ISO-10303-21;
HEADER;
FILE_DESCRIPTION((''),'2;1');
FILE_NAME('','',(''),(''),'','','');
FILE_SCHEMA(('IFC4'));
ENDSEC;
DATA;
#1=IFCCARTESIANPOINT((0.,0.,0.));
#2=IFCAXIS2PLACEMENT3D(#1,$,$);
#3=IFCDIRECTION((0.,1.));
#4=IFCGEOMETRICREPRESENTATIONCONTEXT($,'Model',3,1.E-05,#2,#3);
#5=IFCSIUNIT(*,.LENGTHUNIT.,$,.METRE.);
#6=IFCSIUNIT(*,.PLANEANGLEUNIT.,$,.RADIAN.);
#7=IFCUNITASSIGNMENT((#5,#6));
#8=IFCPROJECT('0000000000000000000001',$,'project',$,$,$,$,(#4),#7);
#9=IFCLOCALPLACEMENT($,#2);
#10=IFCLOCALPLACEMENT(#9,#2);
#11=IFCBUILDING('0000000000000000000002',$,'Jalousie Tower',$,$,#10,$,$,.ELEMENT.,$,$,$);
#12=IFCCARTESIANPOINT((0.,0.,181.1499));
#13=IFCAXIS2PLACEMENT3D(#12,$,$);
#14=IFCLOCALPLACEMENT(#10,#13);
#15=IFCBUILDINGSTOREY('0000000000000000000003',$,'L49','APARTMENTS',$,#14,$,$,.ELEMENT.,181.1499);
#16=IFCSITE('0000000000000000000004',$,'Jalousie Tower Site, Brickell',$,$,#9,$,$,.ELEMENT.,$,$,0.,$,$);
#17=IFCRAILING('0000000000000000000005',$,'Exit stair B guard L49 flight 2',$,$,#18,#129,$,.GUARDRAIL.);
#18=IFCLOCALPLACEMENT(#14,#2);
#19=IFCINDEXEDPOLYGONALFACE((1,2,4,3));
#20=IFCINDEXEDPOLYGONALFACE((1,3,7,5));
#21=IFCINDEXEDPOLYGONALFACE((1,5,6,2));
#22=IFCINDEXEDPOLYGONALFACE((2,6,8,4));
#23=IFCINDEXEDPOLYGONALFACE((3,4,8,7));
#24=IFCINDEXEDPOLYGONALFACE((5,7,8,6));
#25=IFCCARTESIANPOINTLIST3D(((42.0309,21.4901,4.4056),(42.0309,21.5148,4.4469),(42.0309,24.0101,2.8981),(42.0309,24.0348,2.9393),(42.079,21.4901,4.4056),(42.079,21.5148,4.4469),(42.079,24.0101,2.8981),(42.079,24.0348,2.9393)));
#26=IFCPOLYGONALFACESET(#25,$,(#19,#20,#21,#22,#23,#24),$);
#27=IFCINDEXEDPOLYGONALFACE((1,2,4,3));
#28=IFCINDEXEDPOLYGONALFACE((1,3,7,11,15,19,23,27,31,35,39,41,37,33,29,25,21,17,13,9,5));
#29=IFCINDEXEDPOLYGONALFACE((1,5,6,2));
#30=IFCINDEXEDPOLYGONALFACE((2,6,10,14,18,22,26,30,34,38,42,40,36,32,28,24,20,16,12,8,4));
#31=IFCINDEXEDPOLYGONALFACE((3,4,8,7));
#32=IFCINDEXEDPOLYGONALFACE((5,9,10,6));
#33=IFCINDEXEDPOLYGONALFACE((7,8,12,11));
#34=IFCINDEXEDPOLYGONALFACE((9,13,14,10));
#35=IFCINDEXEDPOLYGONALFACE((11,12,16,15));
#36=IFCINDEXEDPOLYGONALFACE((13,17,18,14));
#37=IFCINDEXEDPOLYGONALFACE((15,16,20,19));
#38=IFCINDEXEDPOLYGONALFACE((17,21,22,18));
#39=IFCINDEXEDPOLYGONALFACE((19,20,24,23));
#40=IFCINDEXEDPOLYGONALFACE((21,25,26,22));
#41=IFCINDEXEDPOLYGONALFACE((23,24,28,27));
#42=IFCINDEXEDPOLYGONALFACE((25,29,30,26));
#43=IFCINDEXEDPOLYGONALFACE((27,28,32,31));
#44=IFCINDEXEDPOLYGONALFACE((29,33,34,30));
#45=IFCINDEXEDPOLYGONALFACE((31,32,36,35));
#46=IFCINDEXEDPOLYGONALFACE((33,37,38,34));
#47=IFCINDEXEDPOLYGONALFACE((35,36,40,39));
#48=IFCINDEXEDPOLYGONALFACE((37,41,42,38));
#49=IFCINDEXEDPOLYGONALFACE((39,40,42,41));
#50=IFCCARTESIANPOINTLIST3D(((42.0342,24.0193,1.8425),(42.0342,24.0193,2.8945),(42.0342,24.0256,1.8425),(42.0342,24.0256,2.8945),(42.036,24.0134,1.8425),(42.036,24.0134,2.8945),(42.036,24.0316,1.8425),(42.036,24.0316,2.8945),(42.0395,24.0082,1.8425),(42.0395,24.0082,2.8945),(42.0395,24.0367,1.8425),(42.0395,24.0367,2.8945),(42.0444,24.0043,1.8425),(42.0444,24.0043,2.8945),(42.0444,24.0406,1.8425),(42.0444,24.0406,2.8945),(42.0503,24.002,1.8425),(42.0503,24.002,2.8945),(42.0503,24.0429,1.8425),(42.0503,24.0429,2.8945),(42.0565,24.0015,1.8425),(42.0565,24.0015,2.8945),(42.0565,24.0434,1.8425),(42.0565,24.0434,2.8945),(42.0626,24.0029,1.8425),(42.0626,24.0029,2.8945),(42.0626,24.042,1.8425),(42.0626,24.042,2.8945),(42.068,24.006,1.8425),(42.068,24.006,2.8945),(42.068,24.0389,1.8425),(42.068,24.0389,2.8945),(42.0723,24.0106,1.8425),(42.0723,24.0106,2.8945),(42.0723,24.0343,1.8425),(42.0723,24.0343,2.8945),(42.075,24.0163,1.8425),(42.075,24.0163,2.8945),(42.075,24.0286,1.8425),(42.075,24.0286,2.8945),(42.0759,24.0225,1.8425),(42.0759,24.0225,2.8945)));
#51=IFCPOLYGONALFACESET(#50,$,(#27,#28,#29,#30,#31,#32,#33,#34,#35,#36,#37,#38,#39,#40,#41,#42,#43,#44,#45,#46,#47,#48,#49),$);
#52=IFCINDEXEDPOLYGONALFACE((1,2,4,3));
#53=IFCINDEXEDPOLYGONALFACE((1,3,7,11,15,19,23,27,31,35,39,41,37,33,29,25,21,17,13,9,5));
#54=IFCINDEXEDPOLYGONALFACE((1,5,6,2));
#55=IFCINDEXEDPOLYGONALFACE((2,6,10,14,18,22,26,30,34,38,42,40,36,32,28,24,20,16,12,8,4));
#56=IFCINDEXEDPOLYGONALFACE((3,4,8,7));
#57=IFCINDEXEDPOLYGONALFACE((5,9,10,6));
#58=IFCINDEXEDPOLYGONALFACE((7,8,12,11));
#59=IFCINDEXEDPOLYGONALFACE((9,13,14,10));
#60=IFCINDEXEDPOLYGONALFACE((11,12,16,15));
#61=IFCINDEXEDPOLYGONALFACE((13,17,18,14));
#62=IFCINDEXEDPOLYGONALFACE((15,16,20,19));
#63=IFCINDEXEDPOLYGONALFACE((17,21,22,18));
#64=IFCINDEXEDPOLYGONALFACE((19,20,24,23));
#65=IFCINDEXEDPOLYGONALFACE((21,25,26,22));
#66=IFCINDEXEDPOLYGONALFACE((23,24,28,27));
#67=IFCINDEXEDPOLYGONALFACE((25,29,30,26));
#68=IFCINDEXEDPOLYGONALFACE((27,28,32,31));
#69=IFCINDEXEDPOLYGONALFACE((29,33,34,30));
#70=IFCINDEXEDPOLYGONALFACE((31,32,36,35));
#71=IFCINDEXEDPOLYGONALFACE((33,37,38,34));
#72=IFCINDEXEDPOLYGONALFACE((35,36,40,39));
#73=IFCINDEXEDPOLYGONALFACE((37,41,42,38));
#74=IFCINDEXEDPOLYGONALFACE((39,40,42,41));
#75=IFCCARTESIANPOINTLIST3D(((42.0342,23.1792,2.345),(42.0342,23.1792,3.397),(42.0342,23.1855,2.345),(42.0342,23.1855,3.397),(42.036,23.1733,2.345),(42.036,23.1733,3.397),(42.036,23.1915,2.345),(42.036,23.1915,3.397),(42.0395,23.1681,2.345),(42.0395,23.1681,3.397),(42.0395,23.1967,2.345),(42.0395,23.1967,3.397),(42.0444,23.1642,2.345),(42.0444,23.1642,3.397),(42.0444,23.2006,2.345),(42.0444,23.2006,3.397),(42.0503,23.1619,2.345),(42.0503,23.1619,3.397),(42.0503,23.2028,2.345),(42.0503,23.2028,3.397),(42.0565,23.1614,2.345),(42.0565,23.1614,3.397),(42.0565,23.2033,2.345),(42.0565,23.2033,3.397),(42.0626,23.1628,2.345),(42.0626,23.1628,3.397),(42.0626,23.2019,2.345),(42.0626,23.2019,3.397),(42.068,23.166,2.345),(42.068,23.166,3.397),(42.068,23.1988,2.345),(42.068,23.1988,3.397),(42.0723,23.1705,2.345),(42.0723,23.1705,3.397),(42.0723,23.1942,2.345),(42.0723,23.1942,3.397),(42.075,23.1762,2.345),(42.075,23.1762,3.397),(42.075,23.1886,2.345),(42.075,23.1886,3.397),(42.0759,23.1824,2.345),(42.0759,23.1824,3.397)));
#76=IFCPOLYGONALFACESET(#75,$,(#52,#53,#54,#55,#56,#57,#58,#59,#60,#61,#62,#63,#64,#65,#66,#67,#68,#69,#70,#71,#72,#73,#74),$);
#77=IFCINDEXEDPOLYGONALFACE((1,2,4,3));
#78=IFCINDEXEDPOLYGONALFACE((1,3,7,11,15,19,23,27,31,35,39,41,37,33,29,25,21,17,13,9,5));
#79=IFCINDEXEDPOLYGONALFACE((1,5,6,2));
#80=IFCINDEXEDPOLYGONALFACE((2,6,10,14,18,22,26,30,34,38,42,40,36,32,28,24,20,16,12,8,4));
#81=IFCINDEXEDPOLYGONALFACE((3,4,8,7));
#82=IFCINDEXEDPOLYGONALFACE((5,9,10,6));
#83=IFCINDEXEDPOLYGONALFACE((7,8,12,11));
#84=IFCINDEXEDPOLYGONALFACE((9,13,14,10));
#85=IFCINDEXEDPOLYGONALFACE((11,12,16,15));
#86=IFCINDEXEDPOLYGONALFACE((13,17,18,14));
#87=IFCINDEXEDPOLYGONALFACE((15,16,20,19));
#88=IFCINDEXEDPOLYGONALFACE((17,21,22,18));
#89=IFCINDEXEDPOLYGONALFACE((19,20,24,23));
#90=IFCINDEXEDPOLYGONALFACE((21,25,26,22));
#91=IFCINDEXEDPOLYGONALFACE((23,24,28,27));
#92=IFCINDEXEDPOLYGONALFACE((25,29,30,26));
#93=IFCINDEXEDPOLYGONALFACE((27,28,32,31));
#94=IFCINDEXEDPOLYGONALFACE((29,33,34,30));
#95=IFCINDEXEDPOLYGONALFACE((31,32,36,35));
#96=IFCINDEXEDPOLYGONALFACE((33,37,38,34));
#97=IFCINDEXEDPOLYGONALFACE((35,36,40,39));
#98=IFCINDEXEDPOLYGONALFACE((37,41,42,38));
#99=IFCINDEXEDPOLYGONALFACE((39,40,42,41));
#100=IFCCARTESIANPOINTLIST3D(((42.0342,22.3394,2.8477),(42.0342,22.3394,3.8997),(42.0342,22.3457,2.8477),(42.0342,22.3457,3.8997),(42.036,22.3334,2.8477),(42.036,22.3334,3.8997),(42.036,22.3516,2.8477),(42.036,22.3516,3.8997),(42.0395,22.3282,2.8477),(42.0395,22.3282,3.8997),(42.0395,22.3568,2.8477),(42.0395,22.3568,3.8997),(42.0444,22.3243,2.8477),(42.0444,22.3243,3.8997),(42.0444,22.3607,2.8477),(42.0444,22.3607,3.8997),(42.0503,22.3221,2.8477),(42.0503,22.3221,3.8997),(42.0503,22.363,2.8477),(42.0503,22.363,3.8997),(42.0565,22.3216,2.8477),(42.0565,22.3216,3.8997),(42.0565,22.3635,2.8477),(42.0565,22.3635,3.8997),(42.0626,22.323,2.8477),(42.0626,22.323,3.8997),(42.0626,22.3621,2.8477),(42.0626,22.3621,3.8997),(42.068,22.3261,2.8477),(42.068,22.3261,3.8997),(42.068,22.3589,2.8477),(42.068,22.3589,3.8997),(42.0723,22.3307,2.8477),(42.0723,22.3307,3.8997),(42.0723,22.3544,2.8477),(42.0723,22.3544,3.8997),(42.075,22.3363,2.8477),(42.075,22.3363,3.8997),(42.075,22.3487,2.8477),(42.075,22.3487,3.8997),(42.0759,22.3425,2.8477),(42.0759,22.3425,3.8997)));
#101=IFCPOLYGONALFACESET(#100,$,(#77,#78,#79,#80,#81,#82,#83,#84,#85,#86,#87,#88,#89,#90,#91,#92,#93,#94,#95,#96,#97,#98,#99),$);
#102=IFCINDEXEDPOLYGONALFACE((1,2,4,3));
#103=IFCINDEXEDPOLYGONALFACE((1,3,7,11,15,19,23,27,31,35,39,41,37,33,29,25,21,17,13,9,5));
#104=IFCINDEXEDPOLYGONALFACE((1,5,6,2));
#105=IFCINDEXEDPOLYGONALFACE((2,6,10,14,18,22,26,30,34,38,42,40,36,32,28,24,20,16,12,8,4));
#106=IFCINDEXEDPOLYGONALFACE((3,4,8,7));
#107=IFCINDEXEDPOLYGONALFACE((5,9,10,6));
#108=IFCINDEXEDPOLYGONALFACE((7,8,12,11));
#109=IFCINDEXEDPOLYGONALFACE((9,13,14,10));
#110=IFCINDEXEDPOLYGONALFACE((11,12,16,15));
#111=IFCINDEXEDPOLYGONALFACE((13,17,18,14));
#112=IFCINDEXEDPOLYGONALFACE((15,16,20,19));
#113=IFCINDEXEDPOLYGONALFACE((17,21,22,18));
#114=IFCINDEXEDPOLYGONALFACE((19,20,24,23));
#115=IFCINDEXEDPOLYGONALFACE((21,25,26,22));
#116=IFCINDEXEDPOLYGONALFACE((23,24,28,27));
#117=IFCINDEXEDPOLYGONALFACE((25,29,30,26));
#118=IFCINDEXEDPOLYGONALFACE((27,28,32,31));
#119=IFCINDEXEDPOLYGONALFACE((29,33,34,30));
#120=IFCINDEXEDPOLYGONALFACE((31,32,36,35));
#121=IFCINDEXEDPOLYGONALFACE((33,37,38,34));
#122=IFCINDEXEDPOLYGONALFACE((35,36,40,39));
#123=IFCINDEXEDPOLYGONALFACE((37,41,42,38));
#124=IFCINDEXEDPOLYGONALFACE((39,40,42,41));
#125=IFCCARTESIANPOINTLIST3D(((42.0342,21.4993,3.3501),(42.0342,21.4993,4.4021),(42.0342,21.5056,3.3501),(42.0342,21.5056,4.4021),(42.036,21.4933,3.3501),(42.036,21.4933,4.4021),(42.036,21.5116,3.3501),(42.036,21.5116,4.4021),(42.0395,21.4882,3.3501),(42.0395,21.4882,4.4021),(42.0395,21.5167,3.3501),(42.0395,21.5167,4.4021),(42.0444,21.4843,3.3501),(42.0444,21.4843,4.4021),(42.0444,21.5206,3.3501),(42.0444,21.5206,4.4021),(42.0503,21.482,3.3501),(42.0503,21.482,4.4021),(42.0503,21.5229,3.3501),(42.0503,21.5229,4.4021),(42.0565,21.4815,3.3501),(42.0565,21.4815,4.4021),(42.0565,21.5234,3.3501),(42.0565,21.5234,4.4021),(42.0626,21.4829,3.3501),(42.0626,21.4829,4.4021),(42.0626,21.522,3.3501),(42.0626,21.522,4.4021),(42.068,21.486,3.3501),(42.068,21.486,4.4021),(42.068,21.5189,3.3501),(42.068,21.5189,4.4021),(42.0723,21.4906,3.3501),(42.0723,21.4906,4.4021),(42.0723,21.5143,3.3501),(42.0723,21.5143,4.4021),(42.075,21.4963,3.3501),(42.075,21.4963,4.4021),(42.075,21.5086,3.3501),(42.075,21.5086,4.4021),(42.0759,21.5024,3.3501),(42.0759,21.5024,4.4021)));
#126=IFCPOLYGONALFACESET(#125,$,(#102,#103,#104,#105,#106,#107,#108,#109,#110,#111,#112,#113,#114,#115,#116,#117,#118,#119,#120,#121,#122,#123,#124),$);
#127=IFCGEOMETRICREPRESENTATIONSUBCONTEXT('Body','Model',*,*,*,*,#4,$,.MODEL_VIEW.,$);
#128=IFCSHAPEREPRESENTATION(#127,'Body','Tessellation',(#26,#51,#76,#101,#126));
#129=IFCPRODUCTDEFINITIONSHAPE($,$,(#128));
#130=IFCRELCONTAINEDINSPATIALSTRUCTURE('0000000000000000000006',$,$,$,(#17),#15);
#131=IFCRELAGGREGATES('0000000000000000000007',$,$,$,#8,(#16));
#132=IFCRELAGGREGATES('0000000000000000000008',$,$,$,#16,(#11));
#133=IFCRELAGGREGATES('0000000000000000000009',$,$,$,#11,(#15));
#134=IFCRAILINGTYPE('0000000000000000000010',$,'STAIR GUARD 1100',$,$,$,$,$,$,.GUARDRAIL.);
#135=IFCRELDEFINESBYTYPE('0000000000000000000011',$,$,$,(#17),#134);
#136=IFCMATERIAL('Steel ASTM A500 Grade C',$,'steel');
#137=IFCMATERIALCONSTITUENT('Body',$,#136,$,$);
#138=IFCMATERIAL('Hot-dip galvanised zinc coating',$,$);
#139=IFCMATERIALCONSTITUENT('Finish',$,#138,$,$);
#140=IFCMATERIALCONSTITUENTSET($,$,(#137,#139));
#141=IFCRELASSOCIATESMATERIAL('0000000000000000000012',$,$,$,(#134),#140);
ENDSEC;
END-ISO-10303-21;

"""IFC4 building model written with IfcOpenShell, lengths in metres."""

from ifc_helpers import new_model, si_unit, direction, frame, origin, origin_2d, place, context, subcontext, project, spatial, rectangle, circle, extrude, material, constituent, constituent_set, type_object, element, save


model = new_model("IFC4")

# Units and contexts
model_context = context("Model", 3, precision=1e-05, world=origin(), true_north=direction((0.0, 1.0)))
body_context = subcontext(model_context, "Body", "Model", "MODEL_VIEW")
ifc_project = project(units=[si_unit("LENGTHUNIT", "METRE"), si_unit("PLANEANGLEUNIT", "RADIAN")], contexts=[model_context])

# Site, building, storey
site_placement = place(None, origin())
site = spatial("IfcSite", under=ifc_project, at=site_placement, Name="Jalousie Tower Site, Brickell", CompositionType="ELEMENT", RefElevation=0.0)
building_placement = place(site_placement, origin())
building = spatial("IfcBuilding", under=site, at=building_placement, Name="Jalousie Tower", CompositionType="ELEMENT")
storey_placement = place(building_placement, frame((0.0, 0.0, 181.1499)))
storey = spatial("IfcBuildingStorey", under=building, at=storey_placement, Name="L49", Description="APARTMENTS", CompositionType="ELEMENT", Elevation=181.1499)

# Railing
ifc_material_1 = material(Name="Steel ASTM A500 Grade C", Category="steel")
ifc_constituent_1 = constituent(ifc_material_1, Name="Body")
ifc_material_2 = material(Name="Hot-dip galvanised zinc coating")
ifc_constituent_2 = constituent(ifc_material_2, Name="Finish")
ifc_constituent_set_1 = constituent_set(constituents=[ifc_constituent_1, ifc_constituent_2])
railing_type_1 = type_object("IfcRailingType", Name="STAIR GUARD 1100", PredefinedType="GUARDRAIL", material=ifc_constituent_set_1)
railing_1_placement = place(storey_placement, frame((42.0549, 24.0225, 1.8425)))
element("IfcRailing", 1, at=railing_1_placement, inside=storey, type_object=railing_type_1, Name="Exit stair B guard L49 flight 2", PredefinedType="GUARDRAIL", context=body_context, shape_type="SweptSolid", body=[
    extrude(rectangle(XDim=0.0481, YDim=0.0481, at=origin_2d()), frame((0.0, 0.0, 1.0762), z_axis=(0.0, -0.85816, 0.513383), x_axis=(1.0, 0.0, 0.0)), (0.0, 0.0, 1.0), 2.9365),
    extrude(circle(Radius=0.021, at=origin_2d()), origin(), (0.0, 0.0, 1.0), 1.052),
    extrude(circle(Radius=0.021, at=origin_2d()), frame((0.0, -0.8401, 0.5024)), (0.0, 0.0, 1.0), 1.052),
    extrude(circle(Radius=0.021, at=origin_2d()), frame((0.0, -1.6799, 1.0051)), (0.0, 0.0, 1.0), 1.052),
    extrude(circle(Radius=0.021, at=origin_2d()), frame((0.0, -2.52, 1.5076)), (0.0, 0.0, 1.0), 1.052),
])

save(model, "model.ifc")
